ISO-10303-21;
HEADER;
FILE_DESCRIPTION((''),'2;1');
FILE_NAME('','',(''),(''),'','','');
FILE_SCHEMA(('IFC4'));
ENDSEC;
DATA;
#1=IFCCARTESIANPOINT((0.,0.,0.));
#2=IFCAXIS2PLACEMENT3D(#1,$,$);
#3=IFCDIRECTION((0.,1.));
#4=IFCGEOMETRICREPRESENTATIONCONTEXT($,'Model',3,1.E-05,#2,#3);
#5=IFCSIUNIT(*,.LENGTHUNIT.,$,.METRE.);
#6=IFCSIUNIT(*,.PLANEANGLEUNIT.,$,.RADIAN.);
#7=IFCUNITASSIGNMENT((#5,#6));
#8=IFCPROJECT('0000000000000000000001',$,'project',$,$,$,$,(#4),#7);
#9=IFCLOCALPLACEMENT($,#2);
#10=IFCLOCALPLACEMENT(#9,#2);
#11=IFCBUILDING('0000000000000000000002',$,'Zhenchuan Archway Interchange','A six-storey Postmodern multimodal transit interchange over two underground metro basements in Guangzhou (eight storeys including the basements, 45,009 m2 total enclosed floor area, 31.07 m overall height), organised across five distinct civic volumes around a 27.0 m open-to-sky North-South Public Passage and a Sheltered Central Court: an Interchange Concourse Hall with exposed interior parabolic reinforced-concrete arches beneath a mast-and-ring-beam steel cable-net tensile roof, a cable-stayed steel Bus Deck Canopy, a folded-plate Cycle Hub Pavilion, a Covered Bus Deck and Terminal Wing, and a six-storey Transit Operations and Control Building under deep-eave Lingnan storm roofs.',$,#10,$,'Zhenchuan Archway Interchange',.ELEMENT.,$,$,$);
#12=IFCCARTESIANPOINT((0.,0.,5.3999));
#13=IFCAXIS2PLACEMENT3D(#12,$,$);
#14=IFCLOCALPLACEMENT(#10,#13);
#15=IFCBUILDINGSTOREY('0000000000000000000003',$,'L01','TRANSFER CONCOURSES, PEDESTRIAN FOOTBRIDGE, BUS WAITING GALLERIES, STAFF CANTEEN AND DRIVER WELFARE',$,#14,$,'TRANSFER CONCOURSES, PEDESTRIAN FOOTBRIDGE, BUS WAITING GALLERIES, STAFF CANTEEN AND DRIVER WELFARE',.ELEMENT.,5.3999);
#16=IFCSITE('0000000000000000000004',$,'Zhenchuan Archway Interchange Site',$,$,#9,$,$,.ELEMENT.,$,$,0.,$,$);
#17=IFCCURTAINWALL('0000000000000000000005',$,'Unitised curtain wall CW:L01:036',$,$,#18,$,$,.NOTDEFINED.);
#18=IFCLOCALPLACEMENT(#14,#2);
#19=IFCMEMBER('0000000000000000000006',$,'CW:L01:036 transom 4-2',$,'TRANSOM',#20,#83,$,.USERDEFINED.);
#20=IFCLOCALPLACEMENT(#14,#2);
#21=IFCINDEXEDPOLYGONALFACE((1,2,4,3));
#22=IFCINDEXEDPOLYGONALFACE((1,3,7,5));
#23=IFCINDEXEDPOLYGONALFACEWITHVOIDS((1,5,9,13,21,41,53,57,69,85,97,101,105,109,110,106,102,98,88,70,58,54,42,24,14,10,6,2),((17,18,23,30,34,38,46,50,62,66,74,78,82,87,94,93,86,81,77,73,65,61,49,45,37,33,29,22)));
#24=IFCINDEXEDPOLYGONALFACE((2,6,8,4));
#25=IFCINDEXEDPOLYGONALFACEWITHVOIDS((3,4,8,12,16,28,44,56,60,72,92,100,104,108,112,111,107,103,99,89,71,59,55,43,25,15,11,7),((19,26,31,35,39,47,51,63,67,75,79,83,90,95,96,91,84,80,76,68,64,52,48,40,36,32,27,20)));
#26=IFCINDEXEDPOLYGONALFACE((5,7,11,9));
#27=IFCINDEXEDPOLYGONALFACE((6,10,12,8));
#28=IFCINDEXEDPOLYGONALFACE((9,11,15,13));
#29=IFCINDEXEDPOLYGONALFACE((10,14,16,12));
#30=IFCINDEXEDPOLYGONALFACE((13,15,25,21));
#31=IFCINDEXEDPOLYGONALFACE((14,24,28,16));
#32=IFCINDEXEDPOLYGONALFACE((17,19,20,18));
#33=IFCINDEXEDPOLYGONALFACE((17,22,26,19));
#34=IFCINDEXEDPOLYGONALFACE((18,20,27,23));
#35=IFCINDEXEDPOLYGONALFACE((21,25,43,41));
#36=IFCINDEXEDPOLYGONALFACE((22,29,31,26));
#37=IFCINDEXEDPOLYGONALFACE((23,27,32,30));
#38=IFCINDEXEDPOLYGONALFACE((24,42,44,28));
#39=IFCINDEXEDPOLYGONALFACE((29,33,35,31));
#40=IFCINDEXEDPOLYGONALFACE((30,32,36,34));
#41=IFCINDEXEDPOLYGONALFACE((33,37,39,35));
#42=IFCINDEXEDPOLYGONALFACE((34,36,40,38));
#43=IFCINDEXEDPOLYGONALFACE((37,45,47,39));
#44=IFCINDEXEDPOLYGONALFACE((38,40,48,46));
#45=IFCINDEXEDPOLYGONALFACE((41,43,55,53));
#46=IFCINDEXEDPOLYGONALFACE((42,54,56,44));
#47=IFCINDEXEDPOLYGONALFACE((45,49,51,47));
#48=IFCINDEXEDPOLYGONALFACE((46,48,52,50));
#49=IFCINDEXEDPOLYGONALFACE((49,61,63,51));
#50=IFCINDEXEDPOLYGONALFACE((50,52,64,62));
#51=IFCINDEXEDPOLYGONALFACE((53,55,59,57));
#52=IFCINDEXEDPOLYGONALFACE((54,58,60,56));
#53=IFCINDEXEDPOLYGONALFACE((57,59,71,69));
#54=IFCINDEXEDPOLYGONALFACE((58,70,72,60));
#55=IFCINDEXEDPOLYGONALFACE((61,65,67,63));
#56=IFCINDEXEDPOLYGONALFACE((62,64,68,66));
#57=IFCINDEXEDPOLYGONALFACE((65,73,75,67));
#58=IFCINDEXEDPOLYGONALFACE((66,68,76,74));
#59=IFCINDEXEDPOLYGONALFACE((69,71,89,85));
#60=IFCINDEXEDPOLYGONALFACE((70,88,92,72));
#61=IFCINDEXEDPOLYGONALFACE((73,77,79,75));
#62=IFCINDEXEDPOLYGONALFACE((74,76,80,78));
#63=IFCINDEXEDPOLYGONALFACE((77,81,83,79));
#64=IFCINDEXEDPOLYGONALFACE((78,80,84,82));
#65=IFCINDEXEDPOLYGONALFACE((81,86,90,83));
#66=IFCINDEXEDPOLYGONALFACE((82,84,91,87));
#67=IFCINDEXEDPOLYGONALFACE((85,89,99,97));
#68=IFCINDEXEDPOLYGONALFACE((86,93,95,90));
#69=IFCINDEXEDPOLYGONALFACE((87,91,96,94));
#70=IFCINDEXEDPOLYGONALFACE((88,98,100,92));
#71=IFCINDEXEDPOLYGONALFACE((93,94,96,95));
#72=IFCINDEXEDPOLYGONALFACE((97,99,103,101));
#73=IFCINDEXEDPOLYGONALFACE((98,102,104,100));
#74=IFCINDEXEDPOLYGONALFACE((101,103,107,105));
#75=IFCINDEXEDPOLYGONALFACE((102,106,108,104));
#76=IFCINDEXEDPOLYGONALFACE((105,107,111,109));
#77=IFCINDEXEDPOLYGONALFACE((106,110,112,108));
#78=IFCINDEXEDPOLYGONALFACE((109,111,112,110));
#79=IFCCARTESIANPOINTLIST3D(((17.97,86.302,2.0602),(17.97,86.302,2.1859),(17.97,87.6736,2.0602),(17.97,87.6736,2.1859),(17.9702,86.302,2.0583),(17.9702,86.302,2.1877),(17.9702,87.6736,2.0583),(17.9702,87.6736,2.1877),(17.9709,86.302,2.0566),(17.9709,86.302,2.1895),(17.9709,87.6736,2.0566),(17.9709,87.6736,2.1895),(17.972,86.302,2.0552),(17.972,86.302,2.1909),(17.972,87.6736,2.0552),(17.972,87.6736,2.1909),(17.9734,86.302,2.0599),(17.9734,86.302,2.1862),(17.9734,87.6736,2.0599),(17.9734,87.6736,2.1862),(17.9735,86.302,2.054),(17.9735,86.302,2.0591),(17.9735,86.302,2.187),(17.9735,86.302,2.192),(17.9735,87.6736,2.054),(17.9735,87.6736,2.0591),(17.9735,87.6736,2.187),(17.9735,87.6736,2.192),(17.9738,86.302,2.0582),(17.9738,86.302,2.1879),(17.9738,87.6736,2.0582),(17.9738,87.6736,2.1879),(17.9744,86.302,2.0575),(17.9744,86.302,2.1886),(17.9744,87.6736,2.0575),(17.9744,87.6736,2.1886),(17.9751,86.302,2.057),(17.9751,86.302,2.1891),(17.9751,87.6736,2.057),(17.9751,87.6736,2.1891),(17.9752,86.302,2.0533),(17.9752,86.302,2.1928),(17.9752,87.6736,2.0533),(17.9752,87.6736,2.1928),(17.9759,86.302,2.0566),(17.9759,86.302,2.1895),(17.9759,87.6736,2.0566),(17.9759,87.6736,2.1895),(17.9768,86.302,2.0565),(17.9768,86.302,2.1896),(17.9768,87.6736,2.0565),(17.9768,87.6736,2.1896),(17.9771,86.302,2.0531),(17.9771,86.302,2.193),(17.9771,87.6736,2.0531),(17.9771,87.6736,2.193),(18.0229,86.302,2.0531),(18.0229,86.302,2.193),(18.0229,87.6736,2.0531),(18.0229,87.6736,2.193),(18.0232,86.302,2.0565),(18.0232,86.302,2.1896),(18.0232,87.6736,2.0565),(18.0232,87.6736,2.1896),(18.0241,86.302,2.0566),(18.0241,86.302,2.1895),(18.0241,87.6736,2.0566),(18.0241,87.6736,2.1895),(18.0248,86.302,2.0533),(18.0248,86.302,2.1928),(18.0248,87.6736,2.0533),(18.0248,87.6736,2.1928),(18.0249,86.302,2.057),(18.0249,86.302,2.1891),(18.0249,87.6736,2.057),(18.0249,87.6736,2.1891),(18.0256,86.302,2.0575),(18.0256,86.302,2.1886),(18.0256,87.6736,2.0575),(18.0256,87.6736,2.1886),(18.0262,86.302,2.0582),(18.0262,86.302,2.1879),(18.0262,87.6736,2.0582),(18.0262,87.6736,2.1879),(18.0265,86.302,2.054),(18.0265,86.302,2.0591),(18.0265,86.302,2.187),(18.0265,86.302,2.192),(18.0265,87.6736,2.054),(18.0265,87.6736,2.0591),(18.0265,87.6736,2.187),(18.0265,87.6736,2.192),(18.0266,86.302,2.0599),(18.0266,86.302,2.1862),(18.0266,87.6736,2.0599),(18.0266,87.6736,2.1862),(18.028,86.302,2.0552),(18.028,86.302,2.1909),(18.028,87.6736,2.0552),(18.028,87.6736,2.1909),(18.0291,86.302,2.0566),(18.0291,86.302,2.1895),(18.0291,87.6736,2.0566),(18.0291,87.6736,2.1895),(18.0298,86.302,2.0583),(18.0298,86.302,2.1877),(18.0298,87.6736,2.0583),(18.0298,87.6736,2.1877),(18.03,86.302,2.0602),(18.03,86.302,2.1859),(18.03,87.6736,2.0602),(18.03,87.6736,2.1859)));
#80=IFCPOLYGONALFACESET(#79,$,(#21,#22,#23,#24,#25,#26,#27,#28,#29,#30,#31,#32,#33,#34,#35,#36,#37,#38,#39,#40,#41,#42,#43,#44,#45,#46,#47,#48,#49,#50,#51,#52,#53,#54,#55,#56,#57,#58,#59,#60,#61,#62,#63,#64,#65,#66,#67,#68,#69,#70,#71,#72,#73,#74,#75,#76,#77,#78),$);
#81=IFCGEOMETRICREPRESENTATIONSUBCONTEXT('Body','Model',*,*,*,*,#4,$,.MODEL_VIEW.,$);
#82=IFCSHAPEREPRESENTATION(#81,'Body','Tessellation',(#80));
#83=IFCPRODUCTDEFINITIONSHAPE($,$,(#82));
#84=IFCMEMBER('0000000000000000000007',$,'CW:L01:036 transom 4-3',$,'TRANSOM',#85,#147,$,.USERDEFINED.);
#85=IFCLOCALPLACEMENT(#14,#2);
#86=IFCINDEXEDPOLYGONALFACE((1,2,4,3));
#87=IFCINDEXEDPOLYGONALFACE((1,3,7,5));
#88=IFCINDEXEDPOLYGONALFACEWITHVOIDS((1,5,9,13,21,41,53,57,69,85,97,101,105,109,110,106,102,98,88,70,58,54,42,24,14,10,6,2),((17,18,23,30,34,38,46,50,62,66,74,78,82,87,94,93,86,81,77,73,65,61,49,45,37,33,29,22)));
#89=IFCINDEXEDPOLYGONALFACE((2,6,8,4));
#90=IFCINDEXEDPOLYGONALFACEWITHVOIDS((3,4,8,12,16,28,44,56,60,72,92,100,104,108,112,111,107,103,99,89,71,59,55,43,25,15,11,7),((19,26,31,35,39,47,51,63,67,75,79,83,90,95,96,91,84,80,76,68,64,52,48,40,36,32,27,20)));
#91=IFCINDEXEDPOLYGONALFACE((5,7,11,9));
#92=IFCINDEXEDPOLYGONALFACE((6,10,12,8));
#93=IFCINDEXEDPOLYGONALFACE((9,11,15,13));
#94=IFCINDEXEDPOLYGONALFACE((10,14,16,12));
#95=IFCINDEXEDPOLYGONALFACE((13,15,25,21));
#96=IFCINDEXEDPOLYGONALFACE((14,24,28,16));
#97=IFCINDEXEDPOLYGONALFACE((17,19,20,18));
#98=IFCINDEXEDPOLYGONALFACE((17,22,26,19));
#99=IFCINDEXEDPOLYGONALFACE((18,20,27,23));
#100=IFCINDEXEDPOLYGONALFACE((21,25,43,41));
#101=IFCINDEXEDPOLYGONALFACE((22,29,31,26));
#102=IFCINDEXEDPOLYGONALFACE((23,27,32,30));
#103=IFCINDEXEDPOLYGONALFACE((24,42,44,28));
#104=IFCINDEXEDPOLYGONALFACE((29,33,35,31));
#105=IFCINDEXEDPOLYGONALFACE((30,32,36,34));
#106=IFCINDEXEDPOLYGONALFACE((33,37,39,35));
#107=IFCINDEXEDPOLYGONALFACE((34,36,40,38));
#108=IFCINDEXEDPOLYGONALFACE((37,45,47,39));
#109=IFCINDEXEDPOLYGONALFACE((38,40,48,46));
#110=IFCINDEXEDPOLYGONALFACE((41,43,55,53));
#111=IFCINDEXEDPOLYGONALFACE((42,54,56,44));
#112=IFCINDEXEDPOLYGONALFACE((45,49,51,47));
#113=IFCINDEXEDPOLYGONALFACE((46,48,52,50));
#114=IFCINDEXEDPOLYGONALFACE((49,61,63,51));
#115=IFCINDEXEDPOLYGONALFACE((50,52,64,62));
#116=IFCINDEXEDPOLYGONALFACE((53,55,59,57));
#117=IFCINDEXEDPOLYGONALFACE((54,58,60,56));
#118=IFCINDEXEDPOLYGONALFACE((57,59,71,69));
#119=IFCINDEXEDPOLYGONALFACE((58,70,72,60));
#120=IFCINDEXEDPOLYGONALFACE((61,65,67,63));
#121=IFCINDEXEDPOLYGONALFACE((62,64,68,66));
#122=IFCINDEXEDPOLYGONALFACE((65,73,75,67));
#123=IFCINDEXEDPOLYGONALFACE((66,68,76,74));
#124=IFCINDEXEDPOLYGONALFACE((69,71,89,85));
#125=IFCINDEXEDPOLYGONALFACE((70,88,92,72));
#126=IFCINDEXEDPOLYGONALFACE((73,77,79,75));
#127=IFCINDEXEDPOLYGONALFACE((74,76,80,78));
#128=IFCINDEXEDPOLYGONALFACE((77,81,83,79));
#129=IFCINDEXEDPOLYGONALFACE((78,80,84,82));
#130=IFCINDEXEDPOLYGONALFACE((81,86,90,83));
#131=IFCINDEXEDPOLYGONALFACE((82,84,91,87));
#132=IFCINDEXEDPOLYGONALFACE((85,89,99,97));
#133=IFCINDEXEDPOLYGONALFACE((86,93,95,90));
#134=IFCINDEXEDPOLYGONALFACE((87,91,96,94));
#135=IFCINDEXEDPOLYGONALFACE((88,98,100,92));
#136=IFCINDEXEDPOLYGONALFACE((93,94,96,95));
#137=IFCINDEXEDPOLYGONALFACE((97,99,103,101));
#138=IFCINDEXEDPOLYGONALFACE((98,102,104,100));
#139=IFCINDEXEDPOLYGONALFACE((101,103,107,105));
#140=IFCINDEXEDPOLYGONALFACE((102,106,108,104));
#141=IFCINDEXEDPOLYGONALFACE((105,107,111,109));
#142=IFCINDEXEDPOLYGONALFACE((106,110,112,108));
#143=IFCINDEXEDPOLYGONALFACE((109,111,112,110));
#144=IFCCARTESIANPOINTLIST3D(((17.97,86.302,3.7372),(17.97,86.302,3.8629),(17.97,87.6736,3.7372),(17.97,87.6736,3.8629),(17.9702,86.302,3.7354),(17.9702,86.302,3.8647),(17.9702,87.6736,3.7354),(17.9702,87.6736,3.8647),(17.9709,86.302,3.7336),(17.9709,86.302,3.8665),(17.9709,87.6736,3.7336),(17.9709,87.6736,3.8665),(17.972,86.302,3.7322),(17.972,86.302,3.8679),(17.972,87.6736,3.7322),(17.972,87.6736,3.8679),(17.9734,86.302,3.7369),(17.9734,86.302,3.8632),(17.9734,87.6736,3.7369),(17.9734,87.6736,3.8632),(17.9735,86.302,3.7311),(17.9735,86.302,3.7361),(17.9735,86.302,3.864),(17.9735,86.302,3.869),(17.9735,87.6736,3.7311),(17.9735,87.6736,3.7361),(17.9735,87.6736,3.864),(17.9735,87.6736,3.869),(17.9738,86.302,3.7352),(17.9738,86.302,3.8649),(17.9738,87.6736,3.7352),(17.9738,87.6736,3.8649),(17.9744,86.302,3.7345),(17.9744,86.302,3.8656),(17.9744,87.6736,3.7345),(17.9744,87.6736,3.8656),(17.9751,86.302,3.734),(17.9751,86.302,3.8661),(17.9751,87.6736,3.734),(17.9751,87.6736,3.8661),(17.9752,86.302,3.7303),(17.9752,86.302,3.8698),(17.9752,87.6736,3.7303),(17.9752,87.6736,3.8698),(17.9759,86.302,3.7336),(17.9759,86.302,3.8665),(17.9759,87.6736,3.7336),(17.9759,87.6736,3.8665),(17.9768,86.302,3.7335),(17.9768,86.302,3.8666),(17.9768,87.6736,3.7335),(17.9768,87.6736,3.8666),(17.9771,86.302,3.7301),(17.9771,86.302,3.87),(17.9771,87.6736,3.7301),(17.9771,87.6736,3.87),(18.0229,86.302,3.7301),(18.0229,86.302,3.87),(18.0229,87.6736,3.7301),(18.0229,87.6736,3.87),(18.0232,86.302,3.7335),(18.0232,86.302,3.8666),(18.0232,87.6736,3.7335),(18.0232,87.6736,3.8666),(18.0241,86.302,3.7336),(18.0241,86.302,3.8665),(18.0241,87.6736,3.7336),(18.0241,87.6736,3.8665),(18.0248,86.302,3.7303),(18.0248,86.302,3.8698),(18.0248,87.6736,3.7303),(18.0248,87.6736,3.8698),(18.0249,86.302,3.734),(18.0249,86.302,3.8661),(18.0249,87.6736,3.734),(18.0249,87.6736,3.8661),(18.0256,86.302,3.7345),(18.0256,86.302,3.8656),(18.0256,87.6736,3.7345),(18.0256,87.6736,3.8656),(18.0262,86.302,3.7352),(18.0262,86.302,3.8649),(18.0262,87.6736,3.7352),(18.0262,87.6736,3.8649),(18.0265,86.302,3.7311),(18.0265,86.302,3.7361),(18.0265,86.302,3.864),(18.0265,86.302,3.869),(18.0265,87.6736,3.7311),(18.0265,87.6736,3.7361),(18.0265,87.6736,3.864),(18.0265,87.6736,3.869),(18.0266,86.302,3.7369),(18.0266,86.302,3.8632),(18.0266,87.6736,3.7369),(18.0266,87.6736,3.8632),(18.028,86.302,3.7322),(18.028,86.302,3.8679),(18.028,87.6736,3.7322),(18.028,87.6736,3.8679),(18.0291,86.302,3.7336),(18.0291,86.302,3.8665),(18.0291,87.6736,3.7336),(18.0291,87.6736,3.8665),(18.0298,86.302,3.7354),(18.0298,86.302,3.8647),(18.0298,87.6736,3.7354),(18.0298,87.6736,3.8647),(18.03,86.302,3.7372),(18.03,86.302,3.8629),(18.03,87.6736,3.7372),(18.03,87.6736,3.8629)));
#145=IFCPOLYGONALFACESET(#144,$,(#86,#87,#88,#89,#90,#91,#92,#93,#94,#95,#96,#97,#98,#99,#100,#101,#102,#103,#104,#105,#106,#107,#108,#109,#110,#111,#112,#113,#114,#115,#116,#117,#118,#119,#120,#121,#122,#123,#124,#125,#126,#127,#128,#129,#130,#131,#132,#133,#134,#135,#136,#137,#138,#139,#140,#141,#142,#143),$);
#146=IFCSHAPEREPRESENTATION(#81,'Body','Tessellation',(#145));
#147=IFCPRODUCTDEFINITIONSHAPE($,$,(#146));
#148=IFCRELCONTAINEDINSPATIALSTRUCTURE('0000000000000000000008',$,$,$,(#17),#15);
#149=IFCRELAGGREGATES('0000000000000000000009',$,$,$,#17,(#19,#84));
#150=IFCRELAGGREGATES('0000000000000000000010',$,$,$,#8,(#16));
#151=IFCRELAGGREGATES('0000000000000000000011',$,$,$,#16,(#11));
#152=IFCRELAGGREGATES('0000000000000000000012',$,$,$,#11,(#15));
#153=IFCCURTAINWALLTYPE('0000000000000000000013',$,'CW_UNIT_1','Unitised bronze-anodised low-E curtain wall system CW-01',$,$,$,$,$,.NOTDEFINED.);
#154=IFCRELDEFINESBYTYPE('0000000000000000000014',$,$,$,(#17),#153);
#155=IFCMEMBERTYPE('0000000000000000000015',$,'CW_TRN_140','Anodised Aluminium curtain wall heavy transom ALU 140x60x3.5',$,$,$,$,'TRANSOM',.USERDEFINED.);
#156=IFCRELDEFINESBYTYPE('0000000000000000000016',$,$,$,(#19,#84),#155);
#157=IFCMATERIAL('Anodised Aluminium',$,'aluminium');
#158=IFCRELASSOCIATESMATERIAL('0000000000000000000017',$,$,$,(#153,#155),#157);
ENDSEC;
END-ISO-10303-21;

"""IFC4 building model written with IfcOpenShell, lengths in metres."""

from ifc_helpers import new_model, si_unit, direction, frame, origin, origin_2d, place, context, subcontext, project, spatial, hollow_rectangle, extrude, material, material_profile, profile_set, type_object, element, aggregate, save


model = new_model("IFC4")

# Units and contexts
model_context = context("Model", 3, precision=1e-05, world=origin(), true_north=direction((0.0, 1.0)))
body_context = subcontext(model_context, "Body", "Model", "MODEL_VIEW")
ifc_project = project(units=[si_unit("LENGTHUNIT", "METRE"), si_unit("PLANEANGLEUNIT", "RADIAN")], contexts=[model_context])

# Site, building, storey
site_placement = place(None, origin())
site = spatial("IfcSite", under=ifc_project, at=site_placement, Name="Zhenchuan Archway Interchange Site", CompositionType="ELEMENT", RefElevation=0.0)
building_placement = place(site_placement, origin())
building = spatial("IfcBuilding", under=site, at=building_placement, Name="Zhenchuan Archway Interchange", Description="A six-storey Postmodern multimodal transit interchange over two underground metro basements in Guangzhou (eight storeys including the basements, 45,009 m2 total enclosed floor area, 31.07 m overall height), organised across five distinct civic volumes around a 27.0 m open-to-sky North-South Public Passage and a Sheltered Central Court: an Interchange Concourse Hall with exposed interior parabolic reinforced-concrete arches beneath a mast-and-ring-beam steel cable-net tensile roof, a cable-stayed steel Bus Deck Canopy, a folded-plate Cycle Hub Pavilion, a Covered Bus Deck and Terminal Wing, and a six-storey Transit Operations and Control Building under deep-eave Lingnan storm roofs.", LongName="Zhenchuan Archway Interchange", CompositionType="ELEMENT")
storey_placement = place(building_placement, frame((0.0, 0.0, 5.3999)))
storey = spatial("IfcBuildingStorey", under=building, at=storey_placement, Name="L01", Description="TRANSFER CONCOURSES, PEDESTRIAN FOOTBRIDGE, BUS WAITING GALLERIES, STAFF CANTEEN AND DRIVER WELFARE", LongName="TRANSFER CONCOURSES, PEDESTRIAN FOOTBRIDGE, BUS WAITING GALLERIES, STAFF CANTEEN AND DRIVER WELFARE", CompositionType="ELEMENT", Elevation=5.3999)

# Curtain wall
ifc_material_1 = material(Name="Anodised Aluminium", Category="aluminium")
curtain_wall_type_1 = type_object("IfcCurtainWallType", Name="CW_UNIT_1", Description="Unitised bronze-anodised low-E curtain wall system CW-01", PredefinedType="NOTDEFINED", material=ifc_material_1)
curtain_wall_1_placement = place(storey_placement, origin())
curtain_wall_1 = element("IfcCurtainWall", 1, at=curtain_wall_1_placement, inside=storey, type_object=curtain_wall_type_1, Name="Unitised curtain wall CW:L01:036", PredefinedType="NOTDEFINED")

# Members
ifc_material_profile_1 = material_profile(ifc_material_1, hollow_rectangle(XDim=0.0601, YDim=0.1399, WallThickness=0.0034, InnerFilletRadius=0.0034, OuterFilletRadius=0.0071, at=origin_2d()), Name="ALU 140x60x3.5")
ifc_profile_set_1 = profile_set([ifc_material_profile_1], Name="Anodised Aluminium")
member_type_1 = type_object("IfcMemberType", Name="CW_TRN_140", Description="Anodised Aluminium curtain wall heavy transom ALU 140x60x3.5", ElementType="TRANSOM", PredefinedType="USERDEFINED", material=ifc_profile_set_1)
member_1_placement = place(storey_placement, frame((18.0, 86.302, 2.123), z_axis=(0.0, 1.0, 0.0), x_axis=(-1.0, 0.0, 0.0)))
member_1 = element("IfcMember", 2, at=member_1_placement, type_object=member_type_1, Name="CW:L01:036 transom 4-2", ObjectType="TRANSOM", PredefinedType="USERDEFINED", context=body_context, shape_type="SweptSolid", body=[
    extrude(hollow_rectangle(XDim=0.0601, YDim=0.1399, WallThickness=0.0034, InnerFilletRadius=0.0034, OuterFilletRadius=0.0071, at=origin_2d()), origin(), (0.0, 0.0, 1.0), 1.3716),
])
member_2_placement = place(storey_placement, frame((18.0, 86.302, 3.8), z_axis=(0.0, 1.0, 0.0), x_axis=(-1.0, 0.0, 0.0)))
member_2 = element("IfcMember", 3, at=member_2_placement, type_object=member_type_1, Name="CW:L01:036 transom 4-3", ObjectType="TRANSOM", PredefinedType="USERDEFINED", context=body_context, shape_type="SweptSolid", body=[
    extrude(hollow_rectangle(XDim=0.0601, YDim=0.1399, WallThickness=0.0034, InnerFilletRadius=0.0034, OuterFilletRadius=0.0071, at=origin_2d()), origin(), (0.0, 0.0, 1.0), 1.3716),
])

aggregate(curtain_wall_1, [member_1, member_2])

save(model, "model.ifc")
